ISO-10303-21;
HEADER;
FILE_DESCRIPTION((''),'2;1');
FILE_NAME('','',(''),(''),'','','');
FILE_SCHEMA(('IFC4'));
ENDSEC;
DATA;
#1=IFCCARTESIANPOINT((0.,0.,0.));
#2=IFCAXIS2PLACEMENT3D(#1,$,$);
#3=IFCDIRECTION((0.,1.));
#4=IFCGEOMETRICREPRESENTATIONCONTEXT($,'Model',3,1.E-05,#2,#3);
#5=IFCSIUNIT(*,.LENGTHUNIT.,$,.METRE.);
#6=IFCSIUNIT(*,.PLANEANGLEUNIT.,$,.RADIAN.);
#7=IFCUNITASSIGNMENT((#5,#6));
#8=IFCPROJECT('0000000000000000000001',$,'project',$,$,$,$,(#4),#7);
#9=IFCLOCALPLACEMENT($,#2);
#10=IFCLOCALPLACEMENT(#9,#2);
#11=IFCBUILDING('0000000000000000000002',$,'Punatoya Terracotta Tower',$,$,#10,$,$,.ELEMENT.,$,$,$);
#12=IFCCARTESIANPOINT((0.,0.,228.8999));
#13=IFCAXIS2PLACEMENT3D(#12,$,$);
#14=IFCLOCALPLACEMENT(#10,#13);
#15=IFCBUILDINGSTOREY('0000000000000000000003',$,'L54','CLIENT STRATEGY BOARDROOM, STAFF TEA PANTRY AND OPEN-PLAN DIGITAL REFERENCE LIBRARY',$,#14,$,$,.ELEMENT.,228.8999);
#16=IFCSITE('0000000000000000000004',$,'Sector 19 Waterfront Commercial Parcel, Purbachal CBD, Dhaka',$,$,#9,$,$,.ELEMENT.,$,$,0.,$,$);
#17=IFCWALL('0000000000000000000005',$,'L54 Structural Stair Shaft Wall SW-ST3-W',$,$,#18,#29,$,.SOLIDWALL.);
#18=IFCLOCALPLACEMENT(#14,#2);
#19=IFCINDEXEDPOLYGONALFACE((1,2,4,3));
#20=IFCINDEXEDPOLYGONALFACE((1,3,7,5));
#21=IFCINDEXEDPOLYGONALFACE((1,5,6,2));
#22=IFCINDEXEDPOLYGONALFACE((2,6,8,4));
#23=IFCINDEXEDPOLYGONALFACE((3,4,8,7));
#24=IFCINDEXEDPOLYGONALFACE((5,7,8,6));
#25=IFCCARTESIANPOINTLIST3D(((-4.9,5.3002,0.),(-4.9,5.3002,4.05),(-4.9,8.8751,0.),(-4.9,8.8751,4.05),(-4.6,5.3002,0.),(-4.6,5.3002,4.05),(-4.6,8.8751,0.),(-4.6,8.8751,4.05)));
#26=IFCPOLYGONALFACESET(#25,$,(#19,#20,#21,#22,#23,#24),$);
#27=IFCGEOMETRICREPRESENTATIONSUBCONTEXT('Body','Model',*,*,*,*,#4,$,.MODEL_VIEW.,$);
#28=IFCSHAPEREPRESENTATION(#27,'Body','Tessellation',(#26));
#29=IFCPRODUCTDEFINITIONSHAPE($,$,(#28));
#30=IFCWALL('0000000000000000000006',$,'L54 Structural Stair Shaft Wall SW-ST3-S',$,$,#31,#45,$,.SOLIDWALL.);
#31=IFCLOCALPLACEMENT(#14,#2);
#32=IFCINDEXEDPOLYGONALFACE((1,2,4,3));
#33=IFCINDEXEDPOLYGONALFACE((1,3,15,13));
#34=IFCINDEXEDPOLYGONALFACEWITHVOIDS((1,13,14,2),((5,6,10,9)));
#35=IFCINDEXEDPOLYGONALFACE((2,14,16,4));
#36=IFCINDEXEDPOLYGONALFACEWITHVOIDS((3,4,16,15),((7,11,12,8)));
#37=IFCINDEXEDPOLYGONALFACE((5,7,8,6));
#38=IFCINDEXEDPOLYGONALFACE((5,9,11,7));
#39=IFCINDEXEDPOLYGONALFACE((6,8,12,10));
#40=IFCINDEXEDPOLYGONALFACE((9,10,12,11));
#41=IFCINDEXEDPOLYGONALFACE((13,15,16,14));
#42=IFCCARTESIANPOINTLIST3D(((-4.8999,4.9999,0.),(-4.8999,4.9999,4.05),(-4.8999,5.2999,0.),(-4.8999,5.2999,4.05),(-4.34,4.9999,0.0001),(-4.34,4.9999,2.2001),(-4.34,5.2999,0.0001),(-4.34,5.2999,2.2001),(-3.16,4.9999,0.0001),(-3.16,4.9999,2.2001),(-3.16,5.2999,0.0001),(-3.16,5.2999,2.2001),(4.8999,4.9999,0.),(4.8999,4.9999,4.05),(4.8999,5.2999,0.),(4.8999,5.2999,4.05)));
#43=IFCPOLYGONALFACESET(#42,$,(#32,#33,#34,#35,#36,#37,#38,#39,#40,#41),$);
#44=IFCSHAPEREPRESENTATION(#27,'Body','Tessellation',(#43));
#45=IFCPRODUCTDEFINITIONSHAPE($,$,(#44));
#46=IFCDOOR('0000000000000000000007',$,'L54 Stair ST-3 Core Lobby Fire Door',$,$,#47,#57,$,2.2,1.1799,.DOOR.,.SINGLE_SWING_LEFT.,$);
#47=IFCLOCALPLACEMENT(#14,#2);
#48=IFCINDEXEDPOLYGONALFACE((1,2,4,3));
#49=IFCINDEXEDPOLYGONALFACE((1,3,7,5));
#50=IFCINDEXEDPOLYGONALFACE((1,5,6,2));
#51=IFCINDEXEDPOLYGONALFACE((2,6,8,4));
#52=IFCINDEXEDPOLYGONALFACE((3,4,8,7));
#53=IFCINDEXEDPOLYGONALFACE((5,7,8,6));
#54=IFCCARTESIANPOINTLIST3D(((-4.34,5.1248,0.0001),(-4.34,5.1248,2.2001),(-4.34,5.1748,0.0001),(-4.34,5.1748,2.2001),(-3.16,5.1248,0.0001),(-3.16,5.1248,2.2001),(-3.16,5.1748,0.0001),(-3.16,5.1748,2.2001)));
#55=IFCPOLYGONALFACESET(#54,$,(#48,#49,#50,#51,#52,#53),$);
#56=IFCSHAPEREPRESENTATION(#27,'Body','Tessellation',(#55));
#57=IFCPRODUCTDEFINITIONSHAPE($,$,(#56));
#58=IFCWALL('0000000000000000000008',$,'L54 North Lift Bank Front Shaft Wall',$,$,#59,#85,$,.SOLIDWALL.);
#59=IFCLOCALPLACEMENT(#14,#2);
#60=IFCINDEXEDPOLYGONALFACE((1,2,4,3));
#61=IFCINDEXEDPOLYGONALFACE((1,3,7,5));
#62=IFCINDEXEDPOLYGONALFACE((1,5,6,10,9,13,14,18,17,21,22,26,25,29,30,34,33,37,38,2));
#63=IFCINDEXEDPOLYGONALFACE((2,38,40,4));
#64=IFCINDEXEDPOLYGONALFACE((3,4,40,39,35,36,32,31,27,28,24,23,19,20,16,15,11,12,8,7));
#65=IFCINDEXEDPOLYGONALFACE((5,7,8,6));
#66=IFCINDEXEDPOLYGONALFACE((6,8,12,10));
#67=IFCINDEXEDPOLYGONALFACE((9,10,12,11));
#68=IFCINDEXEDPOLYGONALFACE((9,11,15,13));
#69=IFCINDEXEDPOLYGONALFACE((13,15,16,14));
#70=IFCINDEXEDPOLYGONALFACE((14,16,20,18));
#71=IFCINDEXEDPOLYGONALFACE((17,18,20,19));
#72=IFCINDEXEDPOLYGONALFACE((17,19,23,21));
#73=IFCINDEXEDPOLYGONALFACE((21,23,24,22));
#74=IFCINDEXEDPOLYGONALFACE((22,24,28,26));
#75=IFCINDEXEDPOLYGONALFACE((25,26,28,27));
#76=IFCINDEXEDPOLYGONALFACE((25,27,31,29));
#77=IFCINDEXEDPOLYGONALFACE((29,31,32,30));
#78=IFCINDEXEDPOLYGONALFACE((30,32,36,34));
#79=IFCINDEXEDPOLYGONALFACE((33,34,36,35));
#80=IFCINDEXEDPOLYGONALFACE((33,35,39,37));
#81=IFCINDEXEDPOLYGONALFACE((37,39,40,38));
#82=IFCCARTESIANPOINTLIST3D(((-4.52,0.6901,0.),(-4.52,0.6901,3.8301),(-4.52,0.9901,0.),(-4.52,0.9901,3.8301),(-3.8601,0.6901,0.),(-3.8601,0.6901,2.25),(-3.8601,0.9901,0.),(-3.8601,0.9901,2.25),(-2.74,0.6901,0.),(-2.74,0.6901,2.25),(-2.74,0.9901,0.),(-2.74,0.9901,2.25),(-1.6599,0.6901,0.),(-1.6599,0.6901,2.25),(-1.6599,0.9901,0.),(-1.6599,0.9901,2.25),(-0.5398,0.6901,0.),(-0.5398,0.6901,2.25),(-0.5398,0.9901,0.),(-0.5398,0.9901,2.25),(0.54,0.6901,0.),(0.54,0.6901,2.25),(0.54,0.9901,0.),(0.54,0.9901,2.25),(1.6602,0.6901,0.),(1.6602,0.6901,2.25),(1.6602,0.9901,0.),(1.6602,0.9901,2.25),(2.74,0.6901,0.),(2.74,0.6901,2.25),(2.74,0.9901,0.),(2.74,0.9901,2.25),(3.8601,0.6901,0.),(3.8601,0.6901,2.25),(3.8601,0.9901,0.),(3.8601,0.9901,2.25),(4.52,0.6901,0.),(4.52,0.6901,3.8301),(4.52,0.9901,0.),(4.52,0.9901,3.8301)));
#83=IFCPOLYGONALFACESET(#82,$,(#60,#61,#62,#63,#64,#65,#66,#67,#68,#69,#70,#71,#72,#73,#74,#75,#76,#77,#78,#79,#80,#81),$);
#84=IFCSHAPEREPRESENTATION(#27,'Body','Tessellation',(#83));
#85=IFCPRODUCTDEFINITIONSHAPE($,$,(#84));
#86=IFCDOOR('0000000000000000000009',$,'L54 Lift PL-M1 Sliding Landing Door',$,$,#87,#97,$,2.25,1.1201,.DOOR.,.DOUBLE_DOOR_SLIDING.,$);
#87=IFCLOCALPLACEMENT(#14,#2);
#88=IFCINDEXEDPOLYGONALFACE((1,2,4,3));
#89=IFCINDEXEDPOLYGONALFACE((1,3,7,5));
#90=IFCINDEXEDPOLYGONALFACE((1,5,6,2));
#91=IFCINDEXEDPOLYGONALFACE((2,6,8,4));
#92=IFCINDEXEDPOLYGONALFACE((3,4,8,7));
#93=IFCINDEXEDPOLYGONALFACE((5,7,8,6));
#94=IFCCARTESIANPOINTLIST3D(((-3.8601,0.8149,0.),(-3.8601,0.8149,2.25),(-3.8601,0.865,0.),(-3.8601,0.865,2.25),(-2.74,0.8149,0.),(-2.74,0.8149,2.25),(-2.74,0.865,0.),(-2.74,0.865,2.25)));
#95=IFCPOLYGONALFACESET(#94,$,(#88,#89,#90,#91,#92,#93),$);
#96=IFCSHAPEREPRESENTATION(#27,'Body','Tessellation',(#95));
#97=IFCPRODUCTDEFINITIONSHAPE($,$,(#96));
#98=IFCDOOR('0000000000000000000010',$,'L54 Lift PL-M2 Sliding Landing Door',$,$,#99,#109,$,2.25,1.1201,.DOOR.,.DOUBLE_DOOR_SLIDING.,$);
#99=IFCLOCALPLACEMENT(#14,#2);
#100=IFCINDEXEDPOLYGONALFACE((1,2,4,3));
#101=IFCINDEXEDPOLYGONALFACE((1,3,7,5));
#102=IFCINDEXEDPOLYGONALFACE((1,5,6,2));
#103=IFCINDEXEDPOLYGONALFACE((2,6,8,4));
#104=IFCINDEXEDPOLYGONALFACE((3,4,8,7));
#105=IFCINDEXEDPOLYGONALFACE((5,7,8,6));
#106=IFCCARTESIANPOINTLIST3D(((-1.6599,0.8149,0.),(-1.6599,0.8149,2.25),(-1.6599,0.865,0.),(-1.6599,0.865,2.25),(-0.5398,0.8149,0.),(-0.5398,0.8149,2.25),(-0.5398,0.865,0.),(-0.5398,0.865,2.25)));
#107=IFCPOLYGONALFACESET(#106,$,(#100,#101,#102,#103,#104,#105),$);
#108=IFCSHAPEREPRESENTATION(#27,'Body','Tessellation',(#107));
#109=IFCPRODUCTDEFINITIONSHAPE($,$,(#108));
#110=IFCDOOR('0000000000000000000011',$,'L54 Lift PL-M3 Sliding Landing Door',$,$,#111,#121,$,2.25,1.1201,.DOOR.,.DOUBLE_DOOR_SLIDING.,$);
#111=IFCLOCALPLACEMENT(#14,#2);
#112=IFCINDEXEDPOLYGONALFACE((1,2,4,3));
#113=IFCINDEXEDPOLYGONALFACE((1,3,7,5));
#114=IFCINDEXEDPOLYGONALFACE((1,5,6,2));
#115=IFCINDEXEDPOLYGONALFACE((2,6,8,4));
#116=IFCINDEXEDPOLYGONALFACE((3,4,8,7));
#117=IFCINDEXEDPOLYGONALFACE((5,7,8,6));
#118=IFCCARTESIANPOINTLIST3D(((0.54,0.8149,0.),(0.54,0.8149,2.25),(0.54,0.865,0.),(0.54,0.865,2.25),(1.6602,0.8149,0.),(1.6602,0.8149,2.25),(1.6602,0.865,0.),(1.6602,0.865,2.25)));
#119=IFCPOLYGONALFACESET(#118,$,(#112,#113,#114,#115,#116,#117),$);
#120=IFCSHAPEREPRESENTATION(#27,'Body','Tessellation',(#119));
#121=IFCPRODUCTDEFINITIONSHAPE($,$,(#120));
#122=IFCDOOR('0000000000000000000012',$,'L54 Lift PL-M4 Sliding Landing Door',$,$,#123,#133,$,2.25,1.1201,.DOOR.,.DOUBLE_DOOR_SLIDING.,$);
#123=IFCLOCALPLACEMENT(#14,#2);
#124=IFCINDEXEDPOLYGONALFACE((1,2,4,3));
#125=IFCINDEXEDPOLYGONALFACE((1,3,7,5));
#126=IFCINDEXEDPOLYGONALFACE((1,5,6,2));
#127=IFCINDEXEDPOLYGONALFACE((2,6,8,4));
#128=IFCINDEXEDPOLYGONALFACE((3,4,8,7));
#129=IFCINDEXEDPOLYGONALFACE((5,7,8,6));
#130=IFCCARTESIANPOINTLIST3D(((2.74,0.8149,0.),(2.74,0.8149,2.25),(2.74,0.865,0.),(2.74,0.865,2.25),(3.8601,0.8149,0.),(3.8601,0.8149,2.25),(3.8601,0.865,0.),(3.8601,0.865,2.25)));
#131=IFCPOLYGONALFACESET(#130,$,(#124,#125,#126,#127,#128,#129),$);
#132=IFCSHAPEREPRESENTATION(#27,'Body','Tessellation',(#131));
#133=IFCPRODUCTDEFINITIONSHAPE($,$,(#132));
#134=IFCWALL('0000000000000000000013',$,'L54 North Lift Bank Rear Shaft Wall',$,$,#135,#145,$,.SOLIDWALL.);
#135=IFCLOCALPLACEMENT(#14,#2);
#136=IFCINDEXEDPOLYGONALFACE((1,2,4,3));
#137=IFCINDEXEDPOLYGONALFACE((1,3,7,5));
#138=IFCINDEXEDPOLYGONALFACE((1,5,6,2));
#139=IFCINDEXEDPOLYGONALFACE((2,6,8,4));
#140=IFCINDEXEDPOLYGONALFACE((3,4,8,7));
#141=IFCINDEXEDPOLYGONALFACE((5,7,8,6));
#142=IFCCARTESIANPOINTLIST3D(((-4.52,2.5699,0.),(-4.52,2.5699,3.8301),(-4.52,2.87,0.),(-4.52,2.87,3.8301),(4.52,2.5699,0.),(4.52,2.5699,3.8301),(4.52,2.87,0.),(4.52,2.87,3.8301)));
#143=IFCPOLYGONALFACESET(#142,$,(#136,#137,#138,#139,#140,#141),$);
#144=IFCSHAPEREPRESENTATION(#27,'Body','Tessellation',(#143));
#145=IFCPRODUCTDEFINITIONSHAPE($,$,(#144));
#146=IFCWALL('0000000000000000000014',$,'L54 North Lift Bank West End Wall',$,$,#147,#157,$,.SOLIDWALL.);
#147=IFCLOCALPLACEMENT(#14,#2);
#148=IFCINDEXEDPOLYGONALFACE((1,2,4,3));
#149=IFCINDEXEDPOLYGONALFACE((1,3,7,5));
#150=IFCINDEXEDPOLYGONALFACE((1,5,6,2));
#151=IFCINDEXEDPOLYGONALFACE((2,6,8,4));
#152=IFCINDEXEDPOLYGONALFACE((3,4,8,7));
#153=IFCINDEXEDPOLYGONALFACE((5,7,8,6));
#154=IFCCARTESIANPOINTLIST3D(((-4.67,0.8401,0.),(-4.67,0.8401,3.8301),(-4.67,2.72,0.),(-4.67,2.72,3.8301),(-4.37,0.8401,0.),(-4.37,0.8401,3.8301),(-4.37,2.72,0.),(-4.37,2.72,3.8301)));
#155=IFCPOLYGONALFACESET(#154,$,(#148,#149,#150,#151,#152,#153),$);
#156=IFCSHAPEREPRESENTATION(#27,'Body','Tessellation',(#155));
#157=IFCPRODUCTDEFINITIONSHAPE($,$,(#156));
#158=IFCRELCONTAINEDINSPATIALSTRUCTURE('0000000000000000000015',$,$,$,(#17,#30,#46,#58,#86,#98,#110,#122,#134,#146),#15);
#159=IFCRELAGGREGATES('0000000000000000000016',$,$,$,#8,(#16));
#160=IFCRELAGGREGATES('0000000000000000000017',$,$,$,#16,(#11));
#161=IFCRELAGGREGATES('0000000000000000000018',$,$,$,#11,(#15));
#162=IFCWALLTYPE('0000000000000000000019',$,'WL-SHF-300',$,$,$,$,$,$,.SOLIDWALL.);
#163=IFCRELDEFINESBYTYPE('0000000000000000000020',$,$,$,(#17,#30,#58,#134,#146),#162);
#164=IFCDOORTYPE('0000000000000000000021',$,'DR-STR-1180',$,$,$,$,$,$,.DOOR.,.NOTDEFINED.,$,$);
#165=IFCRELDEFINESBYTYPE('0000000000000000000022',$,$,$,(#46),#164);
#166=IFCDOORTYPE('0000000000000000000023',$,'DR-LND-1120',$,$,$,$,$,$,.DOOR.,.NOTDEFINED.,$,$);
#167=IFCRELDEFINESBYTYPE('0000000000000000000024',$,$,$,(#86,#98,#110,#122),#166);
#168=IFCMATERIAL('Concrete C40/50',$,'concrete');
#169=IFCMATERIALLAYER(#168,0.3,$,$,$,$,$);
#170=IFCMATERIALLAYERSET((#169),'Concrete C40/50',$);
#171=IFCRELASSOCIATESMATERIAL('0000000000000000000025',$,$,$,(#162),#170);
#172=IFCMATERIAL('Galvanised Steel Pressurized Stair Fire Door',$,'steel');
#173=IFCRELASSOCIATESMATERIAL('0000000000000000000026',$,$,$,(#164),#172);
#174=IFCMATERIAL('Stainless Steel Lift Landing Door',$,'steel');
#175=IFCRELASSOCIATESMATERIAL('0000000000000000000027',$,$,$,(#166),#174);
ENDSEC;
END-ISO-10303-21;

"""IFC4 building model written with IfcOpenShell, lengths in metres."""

from ifc_helpers import new_model, si_unit, direction, frame, frame_2d, origin, place, context, subcontext, project, spatial, rectangle, extrude, material, layer, layer_set, type_object, element, fill, save


model = new_model("IFC4")

# Units and contexts
model_context = context("Model", 3, precision=1e-05, world=origin(), true_north=direction((0.0, 1.0)))
body_context = subcontext(model_context, "Body", "Model", "MODEL_VIEW")
ifc_project = project(units=[si_unit("LENGTHUNIT", "METRE"), si_unit("PLANEANGLEUNIT", "RADIAN")], contexts=[model_context])

# Site, building, storey
site_placement = place(None, origin())
site = spatial("IfcSite", under=ifc_project, at=site_placement, Name="Sector 19 Waterfront Commercial Parcel, Purbachal CBD, Dhaka", CompositionType="ELEMENT", RefElevation=0.0)
building_placement = place(site_placement, origin())
building = spatial("IfcBuilding", under=site, at=building_placement, Name="Punatoya Terracotta Tower", CompositionType="ELEMENT")
storey_placement = place(building_placement, frame((0.0, 0.0, 228.8999)))
storey = spatial("IfcBuildingStorey", under=building, at=storey_placement, Name="L54", Description="CLIENT STRATEGY BOARDROOM, STAFF TEA PANTRY AND OPEN-PLAN DIGITAL REFERENCE LIBRARY", CompositionType="ELEMENT", Elevation=228.8999)

# Shared definitions
ifc_material_1 = material(Name="Concrete C40/50", Category="concrete")

# Wall
ifc_layer_1 = layer(ifc_material_1, 0.3)
ifc_layer_set_1 = layer_set([ifc_layer_1], Name="Concrete C40/50")
wall_type_1 = type_object("IfcWallType", Name="WL-SHF-300", PredefinedType="SOLIDWALL", material=ifc_layer_set_1)
wall_1_placement = place(storey_placement, frame((-4.75, 5.3, 0.0), z_axis=(0.0, 0.0, 1.0), x_axis=(0.0, 1.0, 0.0)))
element("IfcWall", 1, at=wall_1_placement, inside=storey, type_object=wall_type_1, Name="L54 Structural Stair Shaft Wall SW-ST3-W", PredefinedType="SOLIDWALL", context=body_context, shape_type="SweptSolid", body=[
    extrude(rectangle(XDim=3.575, YDim=0.3, at=frame_2d((1.7876, 0.0))), origin(), (0.0, 0.0, 1.0), 4.05),
])

# Wall, opening, door
wall_2_placement = place(storey_placement, frame((-4.8999, 5.1499, 0.0), z_axis=(0.0, 0.0, 1.0), x_axis=(1.0, 0.0, 0.0)))
wall_2 = element("IfcWall", 2, at=wall_2_placement, inside=storey, type_object=wall_type_1, Name="L54 Structural Stair Shaft Wall SW-ST3-S", PredefinedType="SOLIDWALL", context=body_context, shape_type="SweptSolid", body=[
    extrude(rectangle(XDim=9.7998, YDim=0.3, at=frame_2d((4.8999, 0.0))), origin(), (0.0, 0.0, 1.0), 4.05),
])
opening_1_placement = place(wall_2_placement, frame((0.5601, 0.0, 0.0)))
opening_1 = element("IfcOpeningElement", 3, at=opening_1_placement, cuts=wall_2, PredefinedType="OPENING", context=body_context, shape_type="SweptSolid", body=[
    extrude(rectangle(XDim=1.1799, YDim=2.2, at=frame_2d((0.5898, 1.1001))), frame((0.0, 0.1599, 0.0), z_axis=(0.0, -1.0, 0.0), x_axis=(1.0, 0.0, 0.0)), (0.0, 0.0, 1.0), 0.3201),
])
ifc_material_2 = material(Name="Galvanised Steel Pressurized Stair Fire Door", Category="steel")
door_type_1 = type_object("IfcDoorType", Name="DR-STR-1180", OperationType="NOTDEFINED", PredefinedType="DOOR", material=ifc_material_2)
door_1_placement = place(opening_1_placement, origin())
door_1 = element("IfcDoor", 4, at=door_1_placement, inside=storey, type_object=door_type_1, Name="L54 Stair ST-3 Core Lobby Fire Door", OperationType="SINGLE_SWING_LEFT", OverallHeight=2.2, OverallWidth=1.1799, PredefinedType="DOOR", context=body_context, shape_type="SweptSolid", body=[
    extrude(rectangle(XDim=1.1799, YDim=2.2, at=frame_2d((0.5898, 1.1001))), frame((0.0, 0.0249, 0.0), z_axis=(0.0, -1.0, 0.0), x_axis=(1.0, 0.0, 0.0)), (0.0, 0.0, 1.0), 0.05),
])
fill(opening_1, door_1)

# Wall, openings, doors
wall_3_placement = place(storey_placement, frame((-4.52, 0.8401, 0.0), z_axis=(0.0, 0.0, 1.0), x_axis=(1.0, 0.0, 0.0)))
wall_3 = element("IfcWall", 5, at=wall_3_placement, inside=storey, type_object=wall_type_1, Name="L54 North Lift Bank Front Shaft Wall", PredefinedType="SOLIDWALL", context=body_context, shape_type="SweptSolid", body=[
    extrude(rectangle(XDim=9.04, YDim=0.3, at=frame_2d((4.52, 0.0))), origin(), (0.0, 0.0, 1.0), 3.8301),
])
opening_2_placement = place(wall_3_placement, frame((0.6599, 0.0, 0.0)))
opening_2 = element("IfcOpeningElement", 6, at=opening_2_placement, cuts=wall_3, PredefinedType="OPENING", context=body_context, shape_type="SweptSolid", body=[
    extrude(rectangle(XDim=1.1201, YDim=2.25, at=frame_2d((0.5601, 1.125))), frame((0.0, 0.1599, 0.0), z_axis=(0.0, -1.0, 0.0), x_axis=(1.0, 0.0, 0.0)), (0.0, 0.0, 1.0), 0.3201),
])
opening_3_placement = place(wall_3_placement, frame((2.8601, 0.0, 0.0)))
opening_3 = element("IfcOpeningElement", 7, at=opening_3_placement, cuts=wall_3, PredefinedType="OPENING", context=body_context, shape_type="SweptSolid", body=[
    extrude(rectangle(XDim=1.1201, YDim=2.25, at=frame_2d((0.5601, 1.125))), frame((0.0, 0.1599, 0.0), z_axis=(0.0, -1.0, 0.0), x_axis=(1.0, 0.0, 0.0)), (0.0, 0.0, 1.0), 0.3201),
])
opening_4_placement = place(wall_3_placement, frame((5.0601, 0.0, 0.0)))
opening_4 = element("IfcOpeningElement", 8, at=opening_4_placement, cuts=wall_3, PredefinedType="OPENING", context=body_context, shape_type="SweptSolid", body=[
    extrude(rectangle(XDim=1.1201, YDim=2.25, at=frame_2d((0.5601, 1.125))), frame((0.0, 0.1599, 0.0), z_axis=(0.0, -1.0, 0.0), x_axis=(1.0, 0.0, 0.0)), (0.0, 0.0, 1.0), 0.3201),
])
opening_5_placement = place(wall_3_placement, frame((7.26, 0.0, 0.0)))
opening_5 = element("IfcOpeningElement", 9, at=opening_5_placement, cuts=wall_3, PredefinedType="OPENING", context=body_context, shape_type="SweptSolid", body=[
    extrude(rectangle(XDim=1.1201, YDim=2.25, at=frame_2d((0.5601, 1.125))), frame((0.0, 0.1599, 0.0), z_axis=(0.0, -1.0, 0.0), x_axis=(1.0, 0.0, 0.0)), (0.0, 0.0, 1.0), 0.3201),
])
ifc_material_3 = material(Name="Stainless Steel Lift Landing Door", Category="steel")
door_type_2 = type_object("IfcDoorType", Name="DR-LND-1120", OperationType="NOTDEFINED", PredefinedType="DOOR", material=ifc_material_3)
door_2_placement = place(opening_2_placement, origin())
door_2 = element("IfcDoor", 10, at=door_2_placement, inside=storey, type_object=door_type_2, Name="L54 Lift PL-M1 Sliding Landing Door", OperationType="DOUBLE_DOOR_SLIDING", OverallHeight=2.25, OverallWidth=1.1201, PredefinedType="DOOR", context=body_context, shape_type="SweptSolid", body=[
    extrude(rectangle(XDim=1.1201, YDim=2.25, at=frame_2d((0.5601, 1.125))), frame((0.0, 0.0249, 0.0), z_axis=(0.0, -1.0, 0.0), x_axis=(1.0, 0.0, 0.0)), (0.0, 0.0, 1.0), 0.05),
])
fill(opening_2, door_2)
door_3_placement = place(opening_3_placement, origin())
door_3 = element("IfcDoor", 11, at=door_3_placement, inside=storey, type_object=door_type_2, Name="L54 Lift PL-M2 Sliding Landing Door", OperationType="DOUBLE_DOOR_SLIDING", OverallHeight=2.25, OverallWidth=1.1201, PredefinedType="DOOR", context=body_context, shape_type="SweptSolid", body=[
    extrude(rectangle(XDim=1.1201, YDim=2.25, at=frame_2d((0.5601, 1.125))), frame((0.0, 0.0249, 0.0), z_axis=(0.0, -1.0, 0.0), x_axis=(1.0, 0.0, 0.0)), (0.0, 0.0, 1.0), 0.05),
])
fill(opening_3, door_3)
door_4_placement = place(opening_4_placement, origin())
door_4 = element("IfcDoor", 12, at=door_4_placement, inside=storey, type_object=door_type_2, Name="L54 Lift PL-M3 Sliding Landing Door", OperationType="DOUBLE_DOOR_SLIDING", OverallHeight=2.25, OverallWidth=1.1201, PredefinedType="DOOR", context=body_context, shape_type="SweptSolid", body=[
    extrude(rectangle(XDim=1.1201, YDim=2.25, at=frame_2d((0.5601, 1.125))), frame((0.0, 0.0249, 0.0), z_axis=(0.0, -1.0, 0.0), x_axis=(1.0, 0.0, 0.0)), (0.0, 0.0, 1.0), 0.05),
])
fill(opening_4, door_4)
door_5_placement = place(opening_5_placement, origin())
door_5 = element("IfcDoor", 13, at=door_5_placement, inside=storey, type_object=door_type_2, Name="L54 Lift PL-M4 Sliding Landing Door", OperationType="DOUBLE_DOOR_SLIDING", OverallHeight=2.25, OverallWidth=1.1201, PredefinedType="DOOR", context=body_context, shape_type="SweptSolid", body=[
    extrude(rectangle(XDim=1.1201, YDim=2.25, at=frame_2d((0.5601, 1.125))), frame((0.0, 0.0249, 0.0), z_axis=(0.0, -1.0, 0.0), x_axis=(1.0, 0.0, 0.0)), (0.0, 0.0, 1.0), 0.05),
])
fill(opening_5, door_5)

# Walls
wall_4_placement = place(storey_placement, frame((-4.52, 2.72, 0.0), z_axis=(0.0, 0.0, 1.0), x_axis=(1.0, 0.0, 0.0)))
element("IfcWall", 14, at=wall_4_placement, inside=storey, type_object=wall_type_1, Name="L54 North Lift Bank Rear Shaft Wall", PredefinedType="SOLIDWALL", context=body_context, shape_type="SweptSolid", body=[
    extrude(rectangle(XDim=9.04, YDim=0.3, at=frame_2d((4.52, 0.0))), origin(), (0.0, 0.0, 1.0), 3.8301),
])
wall_5_placement = place(storey_placement, frame((-4.52, 0.8401, 0.0), z_axis=(0.0, 0.0, 1.0), x_axis=(0.0, 1.0, 0.0)))
element("IfcWall", 15, at=wall_5_placement, inside=storey, type_object=wall_type_1, Name="L54 North Lift Bank West End Wall", PredefinedType="SOLIDWALL", context=body_context, shape_type="SweptSolid", body=[
    extrude(rectangle(XDim=1.8799, YDim=0.3, at=frame_2d((0.9399, 0.0))), origin(), (0.0, 0.0, 1.0), 3.8301),
])

save(model, "model.ifc")
